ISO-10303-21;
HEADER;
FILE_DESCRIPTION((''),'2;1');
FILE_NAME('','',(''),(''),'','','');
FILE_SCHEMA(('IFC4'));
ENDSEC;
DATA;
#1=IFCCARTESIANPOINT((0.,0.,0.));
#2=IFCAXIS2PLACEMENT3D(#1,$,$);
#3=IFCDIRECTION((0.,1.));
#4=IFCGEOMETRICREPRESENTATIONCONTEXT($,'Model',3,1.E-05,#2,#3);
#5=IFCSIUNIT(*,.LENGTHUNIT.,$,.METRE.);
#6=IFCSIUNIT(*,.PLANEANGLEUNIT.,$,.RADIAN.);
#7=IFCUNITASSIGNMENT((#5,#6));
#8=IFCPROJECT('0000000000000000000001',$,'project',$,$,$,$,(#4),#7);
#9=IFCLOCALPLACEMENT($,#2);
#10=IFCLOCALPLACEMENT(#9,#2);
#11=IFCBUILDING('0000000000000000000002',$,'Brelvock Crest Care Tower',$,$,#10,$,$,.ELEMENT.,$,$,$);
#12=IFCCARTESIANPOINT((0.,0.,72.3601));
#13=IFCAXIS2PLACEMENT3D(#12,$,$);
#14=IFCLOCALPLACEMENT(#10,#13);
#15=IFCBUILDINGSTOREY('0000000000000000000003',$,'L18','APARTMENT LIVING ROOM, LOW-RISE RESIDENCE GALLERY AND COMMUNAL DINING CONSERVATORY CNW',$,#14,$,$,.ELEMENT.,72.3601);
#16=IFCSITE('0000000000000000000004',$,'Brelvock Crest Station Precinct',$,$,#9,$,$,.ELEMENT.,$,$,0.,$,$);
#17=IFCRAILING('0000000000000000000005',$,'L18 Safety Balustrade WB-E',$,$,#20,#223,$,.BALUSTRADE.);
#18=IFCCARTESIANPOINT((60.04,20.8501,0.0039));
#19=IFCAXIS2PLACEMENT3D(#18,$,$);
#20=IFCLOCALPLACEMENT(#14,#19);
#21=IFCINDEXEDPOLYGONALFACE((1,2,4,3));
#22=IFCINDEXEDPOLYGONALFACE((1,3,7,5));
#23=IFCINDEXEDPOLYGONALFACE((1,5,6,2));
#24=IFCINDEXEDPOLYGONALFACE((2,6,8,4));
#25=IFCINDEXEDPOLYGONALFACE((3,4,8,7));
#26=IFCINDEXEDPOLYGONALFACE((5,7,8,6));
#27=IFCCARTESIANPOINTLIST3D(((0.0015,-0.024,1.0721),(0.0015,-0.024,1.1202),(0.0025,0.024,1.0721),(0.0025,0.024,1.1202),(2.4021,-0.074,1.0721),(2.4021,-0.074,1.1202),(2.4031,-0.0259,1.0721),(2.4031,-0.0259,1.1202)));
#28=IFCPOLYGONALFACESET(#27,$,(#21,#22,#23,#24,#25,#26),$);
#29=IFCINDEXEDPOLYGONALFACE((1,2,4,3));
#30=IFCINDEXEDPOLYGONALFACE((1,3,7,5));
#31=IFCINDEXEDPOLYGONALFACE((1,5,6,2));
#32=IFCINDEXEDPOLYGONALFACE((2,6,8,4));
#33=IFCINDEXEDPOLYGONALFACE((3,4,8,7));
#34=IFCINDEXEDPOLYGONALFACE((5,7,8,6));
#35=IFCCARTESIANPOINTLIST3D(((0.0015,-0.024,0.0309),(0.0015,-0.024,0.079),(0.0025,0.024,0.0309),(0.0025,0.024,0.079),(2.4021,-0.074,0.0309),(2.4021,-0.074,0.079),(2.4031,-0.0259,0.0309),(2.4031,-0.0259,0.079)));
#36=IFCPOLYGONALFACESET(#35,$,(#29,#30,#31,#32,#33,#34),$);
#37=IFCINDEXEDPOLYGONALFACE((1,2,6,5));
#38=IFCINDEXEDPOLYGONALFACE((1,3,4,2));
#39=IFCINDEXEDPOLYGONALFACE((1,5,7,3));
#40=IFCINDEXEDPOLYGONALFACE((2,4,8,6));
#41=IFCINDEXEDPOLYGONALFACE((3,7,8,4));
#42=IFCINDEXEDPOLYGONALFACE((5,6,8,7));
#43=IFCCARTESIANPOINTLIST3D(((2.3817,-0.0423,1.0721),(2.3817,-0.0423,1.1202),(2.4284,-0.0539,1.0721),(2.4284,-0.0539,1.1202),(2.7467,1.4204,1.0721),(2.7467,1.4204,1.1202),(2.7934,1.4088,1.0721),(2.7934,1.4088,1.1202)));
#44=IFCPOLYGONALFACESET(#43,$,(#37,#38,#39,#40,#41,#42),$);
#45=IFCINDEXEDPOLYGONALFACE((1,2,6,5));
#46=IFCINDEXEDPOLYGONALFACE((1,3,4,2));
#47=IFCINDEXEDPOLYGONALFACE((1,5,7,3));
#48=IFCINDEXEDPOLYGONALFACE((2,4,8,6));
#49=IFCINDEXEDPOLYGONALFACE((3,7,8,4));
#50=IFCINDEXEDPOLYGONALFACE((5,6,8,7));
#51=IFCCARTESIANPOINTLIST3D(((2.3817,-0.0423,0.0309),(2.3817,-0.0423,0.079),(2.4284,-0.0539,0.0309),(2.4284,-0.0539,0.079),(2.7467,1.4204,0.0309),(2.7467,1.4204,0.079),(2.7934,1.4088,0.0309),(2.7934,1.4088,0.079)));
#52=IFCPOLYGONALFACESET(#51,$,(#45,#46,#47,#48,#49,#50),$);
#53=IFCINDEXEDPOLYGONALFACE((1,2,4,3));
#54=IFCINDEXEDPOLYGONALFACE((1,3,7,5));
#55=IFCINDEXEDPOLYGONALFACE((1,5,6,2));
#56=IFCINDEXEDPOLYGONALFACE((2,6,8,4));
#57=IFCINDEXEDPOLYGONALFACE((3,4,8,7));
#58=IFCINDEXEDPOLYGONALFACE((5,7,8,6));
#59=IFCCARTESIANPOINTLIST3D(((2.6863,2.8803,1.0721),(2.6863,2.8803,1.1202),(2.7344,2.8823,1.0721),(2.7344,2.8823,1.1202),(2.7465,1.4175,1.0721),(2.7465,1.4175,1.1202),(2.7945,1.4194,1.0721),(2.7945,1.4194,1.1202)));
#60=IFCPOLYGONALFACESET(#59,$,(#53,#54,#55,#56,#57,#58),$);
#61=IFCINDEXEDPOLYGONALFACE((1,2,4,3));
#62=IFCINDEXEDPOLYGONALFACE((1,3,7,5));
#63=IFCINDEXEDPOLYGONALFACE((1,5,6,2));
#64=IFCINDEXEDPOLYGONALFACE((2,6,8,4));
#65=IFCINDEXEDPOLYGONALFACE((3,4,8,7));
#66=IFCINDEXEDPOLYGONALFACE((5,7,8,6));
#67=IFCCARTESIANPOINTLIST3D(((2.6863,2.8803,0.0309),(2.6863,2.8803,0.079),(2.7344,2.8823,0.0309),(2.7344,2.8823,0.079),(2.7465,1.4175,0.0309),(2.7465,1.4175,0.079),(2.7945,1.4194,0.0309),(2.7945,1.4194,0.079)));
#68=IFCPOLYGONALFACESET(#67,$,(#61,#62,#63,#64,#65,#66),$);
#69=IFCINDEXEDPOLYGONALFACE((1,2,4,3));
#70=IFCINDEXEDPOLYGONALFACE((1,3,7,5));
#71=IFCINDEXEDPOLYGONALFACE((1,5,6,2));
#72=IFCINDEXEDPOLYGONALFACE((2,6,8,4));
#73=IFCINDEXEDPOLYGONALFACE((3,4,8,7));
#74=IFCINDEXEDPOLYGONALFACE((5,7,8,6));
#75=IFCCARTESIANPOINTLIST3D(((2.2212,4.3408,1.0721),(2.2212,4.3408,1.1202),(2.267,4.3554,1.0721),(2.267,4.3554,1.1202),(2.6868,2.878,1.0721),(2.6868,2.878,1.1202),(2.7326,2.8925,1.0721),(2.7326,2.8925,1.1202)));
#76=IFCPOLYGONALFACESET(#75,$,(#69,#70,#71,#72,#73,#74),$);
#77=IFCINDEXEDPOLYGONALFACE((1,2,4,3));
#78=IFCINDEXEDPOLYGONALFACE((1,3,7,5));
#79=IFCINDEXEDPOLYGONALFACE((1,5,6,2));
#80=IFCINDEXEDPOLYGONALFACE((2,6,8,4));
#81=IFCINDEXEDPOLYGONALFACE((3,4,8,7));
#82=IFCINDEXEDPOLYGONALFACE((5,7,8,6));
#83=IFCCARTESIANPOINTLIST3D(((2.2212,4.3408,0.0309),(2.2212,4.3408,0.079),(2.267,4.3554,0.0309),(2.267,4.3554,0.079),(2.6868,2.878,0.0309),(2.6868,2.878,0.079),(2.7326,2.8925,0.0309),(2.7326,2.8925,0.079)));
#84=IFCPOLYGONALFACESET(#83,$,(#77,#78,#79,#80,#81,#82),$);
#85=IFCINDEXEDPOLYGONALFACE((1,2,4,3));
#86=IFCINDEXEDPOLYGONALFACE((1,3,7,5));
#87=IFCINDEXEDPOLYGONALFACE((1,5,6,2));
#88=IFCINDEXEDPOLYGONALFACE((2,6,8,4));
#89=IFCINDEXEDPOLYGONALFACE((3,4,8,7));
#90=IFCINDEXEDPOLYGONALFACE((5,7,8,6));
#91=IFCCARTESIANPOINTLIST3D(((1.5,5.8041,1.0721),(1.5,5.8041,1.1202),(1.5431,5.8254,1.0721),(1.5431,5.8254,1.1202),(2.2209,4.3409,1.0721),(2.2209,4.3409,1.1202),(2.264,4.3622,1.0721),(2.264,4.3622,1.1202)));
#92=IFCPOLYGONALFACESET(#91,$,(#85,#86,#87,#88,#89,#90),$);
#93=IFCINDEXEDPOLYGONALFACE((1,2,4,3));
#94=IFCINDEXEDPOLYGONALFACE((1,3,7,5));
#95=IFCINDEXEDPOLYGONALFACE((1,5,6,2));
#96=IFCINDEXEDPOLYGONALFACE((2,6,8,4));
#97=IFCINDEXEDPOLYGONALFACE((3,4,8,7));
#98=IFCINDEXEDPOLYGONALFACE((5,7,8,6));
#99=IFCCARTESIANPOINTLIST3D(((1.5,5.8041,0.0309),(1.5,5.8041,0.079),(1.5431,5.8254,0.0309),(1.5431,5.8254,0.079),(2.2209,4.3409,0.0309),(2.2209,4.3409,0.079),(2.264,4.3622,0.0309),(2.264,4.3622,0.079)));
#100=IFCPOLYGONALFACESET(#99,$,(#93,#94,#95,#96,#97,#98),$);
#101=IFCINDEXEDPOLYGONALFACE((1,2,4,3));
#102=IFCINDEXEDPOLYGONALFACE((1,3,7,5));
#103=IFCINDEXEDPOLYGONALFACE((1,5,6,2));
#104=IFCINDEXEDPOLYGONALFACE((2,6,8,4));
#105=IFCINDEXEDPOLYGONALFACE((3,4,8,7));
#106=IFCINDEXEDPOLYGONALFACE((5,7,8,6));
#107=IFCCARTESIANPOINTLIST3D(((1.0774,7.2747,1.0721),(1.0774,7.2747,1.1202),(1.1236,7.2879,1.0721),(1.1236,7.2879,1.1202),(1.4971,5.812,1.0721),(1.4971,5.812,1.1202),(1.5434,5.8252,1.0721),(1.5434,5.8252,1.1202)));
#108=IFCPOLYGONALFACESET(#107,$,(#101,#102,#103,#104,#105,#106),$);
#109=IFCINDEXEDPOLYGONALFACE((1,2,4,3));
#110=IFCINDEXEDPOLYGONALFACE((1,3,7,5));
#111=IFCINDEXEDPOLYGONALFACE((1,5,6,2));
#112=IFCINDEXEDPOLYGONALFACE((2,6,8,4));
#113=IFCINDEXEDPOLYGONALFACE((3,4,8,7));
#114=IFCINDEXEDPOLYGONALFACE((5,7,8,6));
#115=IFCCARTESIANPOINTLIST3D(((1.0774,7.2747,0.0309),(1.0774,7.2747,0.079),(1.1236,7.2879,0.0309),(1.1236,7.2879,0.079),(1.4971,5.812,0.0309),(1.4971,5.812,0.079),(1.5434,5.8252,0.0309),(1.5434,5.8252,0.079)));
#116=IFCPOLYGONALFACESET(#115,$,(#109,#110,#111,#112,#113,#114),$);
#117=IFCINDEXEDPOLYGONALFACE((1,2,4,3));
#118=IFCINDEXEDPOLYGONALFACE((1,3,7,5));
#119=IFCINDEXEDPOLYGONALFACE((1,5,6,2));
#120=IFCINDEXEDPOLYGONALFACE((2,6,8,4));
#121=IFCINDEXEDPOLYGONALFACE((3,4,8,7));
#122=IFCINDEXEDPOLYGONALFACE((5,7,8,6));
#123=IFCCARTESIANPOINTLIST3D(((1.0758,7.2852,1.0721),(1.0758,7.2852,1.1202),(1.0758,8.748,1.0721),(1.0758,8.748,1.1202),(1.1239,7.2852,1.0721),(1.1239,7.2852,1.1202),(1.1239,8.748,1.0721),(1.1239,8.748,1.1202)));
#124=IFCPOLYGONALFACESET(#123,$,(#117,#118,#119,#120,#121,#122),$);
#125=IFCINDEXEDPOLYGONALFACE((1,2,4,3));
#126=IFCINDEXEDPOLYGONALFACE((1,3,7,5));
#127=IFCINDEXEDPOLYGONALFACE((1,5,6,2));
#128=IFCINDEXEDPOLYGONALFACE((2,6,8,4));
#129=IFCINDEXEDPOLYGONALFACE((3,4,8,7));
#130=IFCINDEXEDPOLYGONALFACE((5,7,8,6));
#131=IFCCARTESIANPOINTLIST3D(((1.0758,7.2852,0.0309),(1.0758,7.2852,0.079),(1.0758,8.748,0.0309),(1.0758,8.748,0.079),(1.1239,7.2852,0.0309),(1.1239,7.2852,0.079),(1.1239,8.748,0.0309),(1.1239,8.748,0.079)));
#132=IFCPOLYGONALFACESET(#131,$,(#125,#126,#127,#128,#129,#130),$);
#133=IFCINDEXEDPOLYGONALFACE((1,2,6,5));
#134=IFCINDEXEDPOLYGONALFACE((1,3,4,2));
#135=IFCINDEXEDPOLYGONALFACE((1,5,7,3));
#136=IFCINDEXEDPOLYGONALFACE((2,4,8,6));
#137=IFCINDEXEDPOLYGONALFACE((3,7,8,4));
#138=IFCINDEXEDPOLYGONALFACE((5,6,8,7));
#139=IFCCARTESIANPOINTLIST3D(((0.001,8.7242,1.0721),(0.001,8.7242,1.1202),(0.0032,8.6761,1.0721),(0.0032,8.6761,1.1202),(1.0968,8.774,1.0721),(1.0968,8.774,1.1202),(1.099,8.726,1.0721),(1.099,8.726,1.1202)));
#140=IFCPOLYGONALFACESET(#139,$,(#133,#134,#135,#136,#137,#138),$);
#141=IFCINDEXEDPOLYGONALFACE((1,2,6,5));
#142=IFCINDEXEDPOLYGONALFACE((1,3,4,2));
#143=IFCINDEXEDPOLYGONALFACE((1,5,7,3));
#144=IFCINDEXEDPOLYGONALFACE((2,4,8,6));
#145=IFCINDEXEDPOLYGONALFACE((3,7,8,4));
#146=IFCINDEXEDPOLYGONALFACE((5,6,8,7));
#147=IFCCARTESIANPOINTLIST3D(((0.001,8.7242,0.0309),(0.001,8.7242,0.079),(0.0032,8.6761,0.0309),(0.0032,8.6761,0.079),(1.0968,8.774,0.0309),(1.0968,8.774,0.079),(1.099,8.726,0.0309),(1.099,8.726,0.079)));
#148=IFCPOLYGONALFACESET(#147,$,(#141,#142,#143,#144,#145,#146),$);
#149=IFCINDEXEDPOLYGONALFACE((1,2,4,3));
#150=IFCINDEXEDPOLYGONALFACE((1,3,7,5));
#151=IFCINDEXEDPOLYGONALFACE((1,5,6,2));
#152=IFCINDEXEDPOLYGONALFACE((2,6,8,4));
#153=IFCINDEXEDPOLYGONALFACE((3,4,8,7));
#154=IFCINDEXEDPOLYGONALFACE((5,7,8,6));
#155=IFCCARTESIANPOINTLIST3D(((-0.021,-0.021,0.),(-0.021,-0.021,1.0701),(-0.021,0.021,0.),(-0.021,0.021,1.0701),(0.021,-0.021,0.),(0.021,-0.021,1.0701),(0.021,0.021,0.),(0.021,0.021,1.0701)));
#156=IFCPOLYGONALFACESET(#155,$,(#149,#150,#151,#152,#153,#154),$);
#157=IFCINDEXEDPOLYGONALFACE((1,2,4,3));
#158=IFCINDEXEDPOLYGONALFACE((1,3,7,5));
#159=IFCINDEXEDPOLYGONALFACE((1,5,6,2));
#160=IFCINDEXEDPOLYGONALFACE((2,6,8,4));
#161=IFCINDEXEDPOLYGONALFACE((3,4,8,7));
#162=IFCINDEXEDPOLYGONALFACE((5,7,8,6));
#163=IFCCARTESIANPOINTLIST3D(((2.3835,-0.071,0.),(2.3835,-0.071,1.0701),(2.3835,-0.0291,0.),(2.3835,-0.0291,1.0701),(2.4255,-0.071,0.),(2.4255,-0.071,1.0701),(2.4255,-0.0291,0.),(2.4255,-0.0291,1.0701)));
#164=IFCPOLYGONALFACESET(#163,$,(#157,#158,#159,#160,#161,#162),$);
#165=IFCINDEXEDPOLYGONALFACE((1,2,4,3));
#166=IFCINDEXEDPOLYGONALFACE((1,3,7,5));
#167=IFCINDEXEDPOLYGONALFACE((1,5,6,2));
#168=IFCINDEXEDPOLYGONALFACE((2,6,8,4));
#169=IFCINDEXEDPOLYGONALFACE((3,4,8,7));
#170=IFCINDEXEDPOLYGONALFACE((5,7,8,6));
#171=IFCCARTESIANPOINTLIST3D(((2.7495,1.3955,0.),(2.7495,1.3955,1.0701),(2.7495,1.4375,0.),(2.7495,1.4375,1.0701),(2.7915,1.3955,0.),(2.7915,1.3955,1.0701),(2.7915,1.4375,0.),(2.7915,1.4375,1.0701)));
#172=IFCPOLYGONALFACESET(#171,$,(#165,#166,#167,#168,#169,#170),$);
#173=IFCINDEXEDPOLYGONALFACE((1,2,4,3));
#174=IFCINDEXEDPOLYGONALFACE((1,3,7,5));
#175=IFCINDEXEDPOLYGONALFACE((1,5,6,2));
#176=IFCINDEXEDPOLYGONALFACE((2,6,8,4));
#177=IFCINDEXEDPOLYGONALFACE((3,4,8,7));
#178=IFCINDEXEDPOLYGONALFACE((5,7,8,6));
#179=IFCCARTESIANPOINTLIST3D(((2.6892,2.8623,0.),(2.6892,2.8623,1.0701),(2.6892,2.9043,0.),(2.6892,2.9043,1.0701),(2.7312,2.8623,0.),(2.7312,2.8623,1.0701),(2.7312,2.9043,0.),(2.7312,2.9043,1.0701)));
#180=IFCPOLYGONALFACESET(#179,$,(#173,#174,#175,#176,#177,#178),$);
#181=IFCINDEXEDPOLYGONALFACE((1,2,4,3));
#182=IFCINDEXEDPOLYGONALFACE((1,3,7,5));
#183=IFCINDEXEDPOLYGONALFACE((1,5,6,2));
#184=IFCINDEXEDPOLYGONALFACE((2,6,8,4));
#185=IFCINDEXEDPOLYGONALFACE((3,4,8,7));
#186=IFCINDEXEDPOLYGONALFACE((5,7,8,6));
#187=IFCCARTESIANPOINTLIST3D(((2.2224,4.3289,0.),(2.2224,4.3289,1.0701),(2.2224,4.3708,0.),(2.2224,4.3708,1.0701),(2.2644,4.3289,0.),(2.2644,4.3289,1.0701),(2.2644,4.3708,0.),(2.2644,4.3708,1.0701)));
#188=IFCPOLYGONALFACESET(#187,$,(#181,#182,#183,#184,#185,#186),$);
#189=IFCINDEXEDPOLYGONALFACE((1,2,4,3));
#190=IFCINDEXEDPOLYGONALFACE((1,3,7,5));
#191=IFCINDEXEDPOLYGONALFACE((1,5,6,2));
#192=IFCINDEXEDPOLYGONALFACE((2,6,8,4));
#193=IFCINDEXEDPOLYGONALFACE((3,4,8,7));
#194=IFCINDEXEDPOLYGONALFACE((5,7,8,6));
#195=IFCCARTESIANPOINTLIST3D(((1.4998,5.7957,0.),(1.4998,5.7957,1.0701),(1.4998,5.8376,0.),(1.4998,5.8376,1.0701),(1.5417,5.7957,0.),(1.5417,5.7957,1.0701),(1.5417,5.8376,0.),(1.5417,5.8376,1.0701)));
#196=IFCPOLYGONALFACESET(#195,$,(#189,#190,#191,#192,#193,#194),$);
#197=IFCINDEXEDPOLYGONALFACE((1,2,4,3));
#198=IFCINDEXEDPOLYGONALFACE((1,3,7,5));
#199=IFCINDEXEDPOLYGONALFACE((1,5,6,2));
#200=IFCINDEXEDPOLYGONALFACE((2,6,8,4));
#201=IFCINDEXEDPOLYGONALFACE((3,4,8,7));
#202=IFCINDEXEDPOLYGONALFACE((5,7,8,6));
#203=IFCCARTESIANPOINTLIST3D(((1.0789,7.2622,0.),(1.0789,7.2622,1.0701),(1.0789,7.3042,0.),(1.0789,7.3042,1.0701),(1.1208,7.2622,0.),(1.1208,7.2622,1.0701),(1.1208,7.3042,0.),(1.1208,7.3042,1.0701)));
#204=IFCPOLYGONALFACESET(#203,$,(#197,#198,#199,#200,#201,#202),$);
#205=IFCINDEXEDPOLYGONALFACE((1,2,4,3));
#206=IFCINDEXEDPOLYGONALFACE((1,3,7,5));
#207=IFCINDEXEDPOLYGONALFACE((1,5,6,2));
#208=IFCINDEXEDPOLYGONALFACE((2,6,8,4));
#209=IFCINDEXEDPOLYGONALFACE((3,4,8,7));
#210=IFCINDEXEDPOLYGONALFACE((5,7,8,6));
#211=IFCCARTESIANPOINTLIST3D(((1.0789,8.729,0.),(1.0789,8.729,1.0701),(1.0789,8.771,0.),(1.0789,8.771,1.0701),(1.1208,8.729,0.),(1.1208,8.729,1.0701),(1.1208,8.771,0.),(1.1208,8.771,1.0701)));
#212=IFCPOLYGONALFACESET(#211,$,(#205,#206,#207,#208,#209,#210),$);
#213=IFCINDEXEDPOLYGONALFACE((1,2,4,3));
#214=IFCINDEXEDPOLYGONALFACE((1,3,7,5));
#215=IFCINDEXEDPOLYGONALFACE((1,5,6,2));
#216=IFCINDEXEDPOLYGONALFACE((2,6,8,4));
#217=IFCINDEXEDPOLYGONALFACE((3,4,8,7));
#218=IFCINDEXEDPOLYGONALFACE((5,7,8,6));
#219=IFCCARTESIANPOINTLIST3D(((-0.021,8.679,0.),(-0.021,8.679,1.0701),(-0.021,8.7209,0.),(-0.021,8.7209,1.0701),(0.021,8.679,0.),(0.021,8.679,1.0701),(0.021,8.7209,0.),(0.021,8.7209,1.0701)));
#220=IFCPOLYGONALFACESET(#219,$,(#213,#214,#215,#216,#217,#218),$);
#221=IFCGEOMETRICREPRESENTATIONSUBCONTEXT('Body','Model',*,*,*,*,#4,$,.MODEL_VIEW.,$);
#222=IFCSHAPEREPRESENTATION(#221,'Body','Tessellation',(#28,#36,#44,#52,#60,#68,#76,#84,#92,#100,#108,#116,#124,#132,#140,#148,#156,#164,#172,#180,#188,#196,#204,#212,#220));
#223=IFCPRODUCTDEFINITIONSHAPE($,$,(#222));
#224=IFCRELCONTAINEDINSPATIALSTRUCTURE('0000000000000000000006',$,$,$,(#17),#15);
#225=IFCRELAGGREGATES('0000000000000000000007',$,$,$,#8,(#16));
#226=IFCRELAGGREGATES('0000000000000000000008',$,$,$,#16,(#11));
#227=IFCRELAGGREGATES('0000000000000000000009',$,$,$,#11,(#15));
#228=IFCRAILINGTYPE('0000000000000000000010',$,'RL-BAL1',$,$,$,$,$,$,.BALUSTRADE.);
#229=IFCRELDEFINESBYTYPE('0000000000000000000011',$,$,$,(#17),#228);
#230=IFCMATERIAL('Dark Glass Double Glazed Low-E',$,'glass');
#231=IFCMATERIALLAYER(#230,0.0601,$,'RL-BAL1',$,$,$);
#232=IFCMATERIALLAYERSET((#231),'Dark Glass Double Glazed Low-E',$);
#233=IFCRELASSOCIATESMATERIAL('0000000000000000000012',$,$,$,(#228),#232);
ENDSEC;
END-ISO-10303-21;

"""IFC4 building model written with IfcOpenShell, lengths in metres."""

from ifc_helpers import new_model, si_unit, direction, frame, origin, origin_2d, place, context, subcontext, project, spatial, rectangle, extrude, material, layer, layer_set, type_object, element, save


model = new_model("IFC4")

# Units and contexts
model_context = context("Model", 3, precision=1e-05, world=origin(), true_north=direction((0.0, 1.0)))
body_context = subcontext(model_context, "Body", "Model", "MODEL_VIEW")
ifc_project = project(units=[si_unit("LENGTHUNIT", "METRE"), si_unit("PLANEANGLEUNIT", "RADIAN")], contexts=[model_context])

# Site, building, storey
site_placement = place(None, origin())
site = spatial("IfcSite", under=ifc_project, at=site_placement, Name="Brelvock Crest Station Precinct", CompositionType="ELEMENT", RefElevation=0.0)
building_placement = place(site_placement, origin())
building = spatial("IfcBuilding", under=site, at=building_placement, Name="Brelvock Crest Care Tower", CompositionType="ELEMENT")
storey_placement = place(building_placement, frame((0.0, 0.0, 72.3601)))
storey = spatial("IfcBuildingStorey", under=building, at=storey_placement, Name="L18", Description="APARTMENT LIVING ROOM, LOW-RISE RESIDENCE GALLERY AND COMMUNAL DINING CONSERVATORY CNW", CompositionType="ELEMENT", Elevation=72.3601)

# Shared definitions
ifc_material_1 = material(Name="Dark Glass Double Glazed Low-E", Category="glass")

# Railing
ifc_layer_1 = layer(ifc_material_1, 0.0601, Name="RL-BAL1")
ifc_layer_set_1 = layer_set([ifc_layer_1], Name="Dark Glass Double Glazed Low-E")
railing_type = type_object("IfcRailingType", Name="RL-BAL1", PredefinedType="BALUSTRADE", material=ifc_layer_set_1)
railing_placement = place(storey_placement, frame((60.04, 20.8501, 0.0039)))
element("IfcRailing", 1, at=railing_placement, inside=storey, type_object=railing_type, Name="L18 Safety Balustrade WB-E", PredefinedType="BALUSTRADE", context=body_context, shape_type="SweptSolid", body=[
    extrude(rectangle(XDim=0.0481, YDim=0.0481, at=origin_2d()), frame((0.002, 0.0, 1.0962), z_axis=(0.999783, -0.02081, 0.0), x_axis=(0.02081, 0.999783, 0.0)), (0.0, 0.0, 1.0), 2.4011),
    extrude(rectangle(XDim=0.0481, YDim=0.0481, at=origin_2d()), frame((0.002, 0.0, 0.0549), z_axis=(0.999783, -0.02081, 0.0), x_axis=(0.02081, 0.999783, 0.0)), (0.0, 0.0, 1.0), 2.4011),
    extrude(rectangle(XDim=0.0481, YDim=0.0481, at=origin_2d()), frame((2.405, -0.0481, 1.0962), z_axis=(0.242118, 0.970247, 0.0), x_axis=(-0.970247, 0.242118, 0.0)), (0.0, 0.0, 1.0), 1.5076),
    extrude(rectangle(XDim=0.0481, YDim=0.0481, at=origin_2d()), frame((2.405, -0.0481, 0.0549), z_axis=(0.242118, 0.970247, 0.0), x_axis=(-0.970247, 0.242118, 0.0)), (0.0, 0.0, 1.0), 1.5076),
    extrude(rectangle(XDim=0.0481, YDim=0.0481, at=origin_2d()), frame((2.7705, 1.4185, 1.0962), z_axis=(-0.041077, 0.999156, 0.0), x_axis=(-0.999156, -0.041077, 0.0)), (0.0, 0.0, 1.0), 1.4641),
    extrude(rectangle(XDim=0.0481, YDim=0.0481, at=origin_2d()), frame((2.7705, 1.4185, 0.0549), z_axis=(-0.041077, 0.999156, 0.0), x_axis=(-0.999156, -0.041077, 0.0)), (0.0, 0.0, 1.0), 1.4641),
    extrude(rectangle(XDim=0.0481, YDim=0.0481, at=origin_2d()), frame((2.7097, 2.8853, 1.0962), z_axis=(-0.303302, 0.952895, 0.0), x_axis=(-0.952895, -0.303302, 0.0)), (0.0, 0.0, 1.0), 1.5352),
    extrude(rectangle(XDim=0.0481, YDim=0.0481, at=origin_2d()), frame((2.7097, 2.8853, 0.0549), z_axis=(-0.303302, 0.952895, 0.0), x_axis=(-0.952895, -0.303302, 0.0)), (0.0, 0.0, 1.0), 1.5352),
    extrude(rectangle(XDim=0.0481, YDim=0.0481, at=origin_2d()), frame((2.2424, 4.3516, 1.0962), z_axis=(-0.44195, 0.89704, 0.0), x_axis=(-0.89704, -0.44195, 0.0)), (0.0, 0.0, 1.0), 1.6311),
    extrude(rectangle(XDim=0.0481, YDim=0.0481, at=origin_2d()), frame((2.2424, 4.3516, 0.0549), z_axis=(-0.44195, 0.89704, 0.0), x_axis=(-0.89704, -0.44195, 0.0)), (0.0, 0.0, 1.0), 1.6311),
    extrude(rectangle(XDim=0.0481, YDim=0.0481, at=origin_2d()), frame((1.5203, 5.8186, 1.0962), z_axis=(-0.275862, 0.961197, 0.0), x_axis=(-0.961197, -0.275862, 0.0)), (0.0, 0.0, 1.0), 1.5217),
    extrude(rectangle(XDim=0.0481, YDim=0.0481, at=origin_2d()), frame((1.5203, 5.8186, 0.0549), z_axis=(-0.275862, 0.961197, 0.0), x_axis=(-0.961197, -0.275862, 0.0)), (0.0, 0.0, 1.0), 1.5217),
    extrude(rectangle(XDim=0.0481, YDim=0.0481, at=origin_2d()), frame((1.0999, 7.2852, 1.0962), z_axis=(0.0, 1.0, 0.0), x_axis=(-1.0, 0.0, 0.0)), (0.0, 0.0, 1.0), 1.4629),
    extrude(rectangle(XDim=0.0481, YDim=0.0481, at=origin_2d()), frame((1.0999, 7.2852, 0.0549), z_axis=(0.0, 1.0, 0.0), x_axis=(-1.0, 0.0, 0.0)), (0.0, 0.0, 1.0), 1.4629),
    extrude(rectangle(XDim=0.0481, YDim=0.0481, at=origin_2d()), frame((1.0979, 8.75, 1.0962), z_axis=(-0.998966, -0.045458, 0.0), x_axis=(0.045458, -0.998966, 0.0)), (0.0, 0.0, 1.0), 1.0969),
    extrude(rectangle(XDim=0.0481, YDim=0.0481, at=origin_2d()), frame((1.0979, 8.75, 0.0549), z_axis=(-0.998966, -0.045458, 0.0), x_axis=(0.045458, -0.998966, 0.0)), (0.0, 0.0, 1.0), 1.0969),
    extrude(rectangle(XDim=0.042, YDim=0.042, at=origin_2d()), origin(), (0.0, 0.0, 1.0), 1.0701),
    extrude(rectangle(XDim=0.042, YDim=0.042, at=origin_2d()), frame((2.4045, -0.05, 0.0)), (0.0, 0.0, 1.0), 1.0701),
    extrude(rectangle(XDim=0.042, YDim=0.042, at=origin_2d()), frame((2.7705, 1.4165, 0.0)), (0.0, 0.0, 1.0), 1.0701),
    extrude(rectangle(XDim=0.042, YDim=0.042, at=origin_2d()), frame((2.7102, 2.8833, 0.0)), (0.0, 0.0, 1.0), 1.0701),
    extrude(rectangle(XDim=0.042, YDim=0.042, at=origin_2d()), frame((2.2434, 4.3499, 0.0)), (0.0, 0.0, 1.0), 1.0701),
    extrude(rectangle(XDim=0.042, YDim=0.042, at=origin_2d()), frame((1.5208, 5.8167, 0.0)), (0.0, 0.0, 1.0), 1.0701),
    extrude(rectangle(XDim=0.042, YDim=0.042, at=origin_2d()), frame((1.0999, 7.2832, 0.0)), (0.0, 0.0, 1.0), 1.0701),
    extrude(rectangle(XDim=0.042, YDim=0.042, at=origin_2d()), frame((1.0999, 8.75, 0.0)), (0.0, 0.0, 1.0), 1.0701),
    extrude(rectangle(XDim=0.042, YDim=0.042, at=origin_2d()), frame((0.0, 8.7, 0.0)), (0.0, 0.0, 1.0), 1.0701),
])

save(model, "model.ifc")
